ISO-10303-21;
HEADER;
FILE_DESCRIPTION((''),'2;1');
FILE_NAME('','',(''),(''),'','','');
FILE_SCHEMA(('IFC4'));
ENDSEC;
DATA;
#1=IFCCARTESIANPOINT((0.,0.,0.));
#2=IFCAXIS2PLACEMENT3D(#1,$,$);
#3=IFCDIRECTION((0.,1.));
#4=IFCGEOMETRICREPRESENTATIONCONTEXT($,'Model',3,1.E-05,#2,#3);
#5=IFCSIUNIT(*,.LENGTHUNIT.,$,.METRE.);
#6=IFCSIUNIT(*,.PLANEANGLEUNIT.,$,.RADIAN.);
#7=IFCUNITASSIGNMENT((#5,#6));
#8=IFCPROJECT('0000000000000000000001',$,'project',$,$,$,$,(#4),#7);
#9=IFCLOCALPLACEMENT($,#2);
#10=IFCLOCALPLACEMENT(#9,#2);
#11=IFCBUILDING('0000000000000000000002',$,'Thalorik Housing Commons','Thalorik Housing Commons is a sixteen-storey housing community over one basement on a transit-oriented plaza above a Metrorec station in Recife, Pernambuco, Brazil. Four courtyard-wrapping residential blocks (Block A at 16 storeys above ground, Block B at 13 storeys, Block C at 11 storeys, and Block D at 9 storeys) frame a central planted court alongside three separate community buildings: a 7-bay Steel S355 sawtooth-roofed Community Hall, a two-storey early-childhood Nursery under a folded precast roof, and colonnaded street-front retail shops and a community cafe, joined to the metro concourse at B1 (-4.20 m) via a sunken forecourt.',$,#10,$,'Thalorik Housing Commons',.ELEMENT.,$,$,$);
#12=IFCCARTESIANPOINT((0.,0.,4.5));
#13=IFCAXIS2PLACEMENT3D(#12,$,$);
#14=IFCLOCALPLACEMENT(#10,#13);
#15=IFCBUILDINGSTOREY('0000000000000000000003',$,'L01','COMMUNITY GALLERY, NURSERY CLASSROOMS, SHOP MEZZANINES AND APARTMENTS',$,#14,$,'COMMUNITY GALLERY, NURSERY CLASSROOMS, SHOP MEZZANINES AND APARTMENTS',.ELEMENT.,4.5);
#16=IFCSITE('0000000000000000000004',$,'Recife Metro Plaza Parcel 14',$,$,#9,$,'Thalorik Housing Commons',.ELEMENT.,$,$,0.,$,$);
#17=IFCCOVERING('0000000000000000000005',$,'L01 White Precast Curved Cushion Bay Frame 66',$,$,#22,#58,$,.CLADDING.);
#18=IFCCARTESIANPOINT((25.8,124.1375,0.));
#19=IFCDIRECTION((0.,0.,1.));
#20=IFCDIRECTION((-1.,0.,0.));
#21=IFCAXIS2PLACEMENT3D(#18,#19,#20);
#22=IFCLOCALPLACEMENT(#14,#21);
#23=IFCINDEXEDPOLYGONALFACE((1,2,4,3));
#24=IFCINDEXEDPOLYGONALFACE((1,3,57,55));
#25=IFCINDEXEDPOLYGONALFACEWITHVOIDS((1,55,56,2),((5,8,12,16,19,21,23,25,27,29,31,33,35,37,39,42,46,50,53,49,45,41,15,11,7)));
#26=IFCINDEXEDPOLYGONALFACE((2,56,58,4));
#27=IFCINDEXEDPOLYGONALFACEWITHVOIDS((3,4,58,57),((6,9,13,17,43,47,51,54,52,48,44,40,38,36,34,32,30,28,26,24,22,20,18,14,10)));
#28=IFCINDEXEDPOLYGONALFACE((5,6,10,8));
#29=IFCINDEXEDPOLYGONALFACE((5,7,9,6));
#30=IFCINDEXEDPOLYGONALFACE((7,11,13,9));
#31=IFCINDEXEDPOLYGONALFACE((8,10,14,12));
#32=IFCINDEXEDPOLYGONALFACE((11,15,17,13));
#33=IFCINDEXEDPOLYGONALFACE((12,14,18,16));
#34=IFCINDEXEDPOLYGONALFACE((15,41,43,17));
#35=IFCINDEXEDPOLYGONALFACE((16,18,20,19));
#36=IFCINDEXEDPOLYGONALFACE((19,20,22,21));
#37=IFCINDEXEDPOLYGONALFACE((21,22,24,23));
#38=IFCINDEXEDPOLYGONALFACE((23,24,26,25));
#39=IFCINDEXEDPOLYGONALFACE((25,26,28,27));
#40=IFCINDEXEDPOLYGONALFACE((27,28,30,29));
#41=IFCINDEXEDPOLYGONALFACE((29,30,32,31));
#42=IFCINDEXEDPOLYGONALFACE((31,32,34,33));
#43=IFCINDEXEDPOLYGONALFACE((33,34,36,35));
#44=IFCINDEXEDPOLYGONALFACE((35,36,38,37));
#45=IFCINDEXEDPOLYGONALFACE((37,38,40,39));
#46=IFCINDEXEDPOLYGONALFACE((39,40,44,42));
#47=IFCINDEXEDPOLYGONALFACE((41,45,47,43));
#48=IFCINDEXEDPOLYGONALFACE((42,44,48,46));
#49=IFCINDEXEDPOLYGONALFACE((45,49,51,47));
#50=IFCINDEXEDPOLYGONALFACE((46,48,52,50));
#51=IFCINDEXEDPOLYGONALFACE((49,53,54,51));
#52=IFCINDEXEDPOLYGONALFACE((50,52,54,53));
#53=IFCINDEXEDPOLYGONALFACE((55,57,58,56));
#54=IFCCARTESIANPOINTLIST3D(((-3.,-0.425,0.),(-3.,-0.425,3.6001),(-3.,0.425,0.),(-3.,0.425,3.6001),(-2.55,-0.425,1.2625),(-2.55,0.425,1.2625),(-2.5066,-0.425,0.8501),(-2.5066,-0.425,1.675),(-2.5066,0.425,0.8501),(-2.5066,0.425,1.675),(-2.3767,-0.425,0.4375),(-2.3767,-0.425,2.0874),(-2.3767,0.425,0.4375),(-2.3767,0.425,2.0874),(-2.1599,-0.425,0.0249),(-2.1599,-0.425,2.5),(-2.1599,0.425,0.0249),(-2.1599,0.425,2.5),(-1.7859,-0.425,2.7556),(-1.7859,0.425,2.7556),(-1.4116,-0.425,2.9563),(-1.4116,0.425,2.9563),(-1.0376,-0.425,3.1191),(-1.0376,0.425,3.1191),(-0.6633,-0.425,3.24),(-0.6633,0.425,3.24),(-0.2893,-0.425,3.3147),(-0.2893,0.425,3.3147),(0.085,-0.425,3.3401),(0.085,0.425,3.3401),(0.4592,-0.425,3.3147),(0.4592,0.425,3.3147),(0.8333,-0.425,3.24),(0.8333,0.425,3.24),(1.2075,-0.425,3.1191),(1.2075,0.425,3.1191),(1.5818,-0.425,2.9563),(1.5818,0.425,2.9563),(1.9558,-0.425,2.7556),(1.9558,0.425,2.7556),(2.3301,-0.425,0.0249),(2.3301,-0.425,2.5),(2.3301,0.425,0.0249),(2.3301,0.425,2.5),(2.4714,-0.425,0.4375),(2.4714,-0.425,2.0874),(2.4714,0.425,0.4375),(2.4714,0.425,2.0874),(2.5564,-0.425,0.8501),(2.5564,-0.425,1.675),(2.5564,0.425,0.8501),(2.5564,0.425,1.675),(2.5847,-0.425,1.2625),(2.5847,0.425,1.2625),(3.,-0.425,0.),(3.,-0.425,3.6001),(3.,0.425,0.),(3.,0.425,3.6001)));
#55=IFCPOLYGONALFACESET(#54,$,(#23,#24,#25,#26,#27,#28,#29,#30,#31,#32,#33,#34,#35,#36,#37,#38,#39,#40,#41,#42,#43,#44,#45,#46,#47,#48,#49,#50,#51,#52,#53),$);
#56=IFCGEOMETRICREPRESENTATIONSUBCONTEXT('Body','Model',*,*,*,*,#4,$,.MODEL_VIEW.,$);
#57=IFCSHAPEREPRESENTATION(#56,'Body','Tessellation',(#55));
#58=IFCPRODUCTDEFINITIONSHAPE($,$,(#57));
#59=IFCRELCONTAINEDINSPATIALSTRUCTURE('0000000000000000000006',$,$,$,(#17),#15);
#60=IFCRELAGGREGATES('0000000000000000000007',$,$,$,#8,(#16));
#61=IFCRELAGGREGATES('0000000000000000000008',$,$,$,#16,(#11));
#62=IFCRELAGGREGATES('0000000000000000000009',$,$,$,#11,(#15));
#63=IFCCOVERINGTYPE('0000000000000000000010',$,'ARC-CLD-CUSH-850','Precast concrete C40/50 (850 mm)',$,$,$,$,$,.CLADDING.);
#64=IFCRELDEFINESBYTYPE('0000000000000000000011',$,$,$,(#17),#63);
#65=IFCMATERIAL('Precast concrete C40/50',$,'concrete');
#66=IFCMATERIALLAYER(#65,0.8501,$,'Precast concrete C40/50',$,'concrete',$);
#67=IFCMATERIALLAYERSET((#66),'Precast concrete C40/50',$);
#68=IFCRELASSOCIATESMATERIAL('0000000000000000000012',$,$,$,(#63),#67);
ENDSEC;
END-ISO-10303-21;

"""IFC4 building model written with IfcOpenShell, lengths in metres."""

from ifc_helpers import new_model, si_unit, direction, frame, origin, place, context, subcontext, project, spatial, polyline, outline, extrude, material, layer, layer_set, type_object, element, save


model = new_model("IFC4")

# Units and contexts
model_context = context("Model", 3, precision=1e-05, world=origin(), true_north=direction((0.0, 1.0)))
body_context = subcontext(model_context, "Body", "Model", "MODEL_VIEW")
ifc_project = project(units=[si_unit("LENGTHUNIT", "METRE"), si_unit("PLANEANGLEUNIT", "RADIAN")], contexts=[model_context])

# Site, building, storey
site_placement = place(None, origin())
site = spatial("IfcSite", under=ifc_project, at=site_placement, Name="Recife Metro Plaza Parcel 14", LongName="Thalorik Housing Commons", CompositionType="ELEMENT", RefElevation=0.0)
building_placement = place(site_placement, origin())
building = spatial("IfcBuilding", under=site, at=building_placement, Name="Thalorik Housing Commons", Description="Thalorik Housing Commons is a sixteen-storey housing community over one basement on a transit-oriented plaza above a Metrorec station in Recife, Pernambuco, Brazil. Four courtyard-wrapping residential blocks (Block A at 16 storeys above ground, Block B at 13 storeys, Block C at 11 storeys, and Block D at 9 storeys) frame a central planted court alongside three separate community buildings: a 7-bay Steel S355 sawtooth-roofed Community Hall, a two-storey early-childhood Nursery under a folded precast roof, and colonnaded street-front retail shops and a community cafe, joined to the metro concourse at B1 (-4.20 m) via a sunken forecourt.", LongName="Thalorik Housing Commons", CompositionType="ELEMENT")
storey_placement = place(building_placement, frame((0.0, 0.0, 4.5)))
storey = spatial("IfcBuildingStorey", under=building, at=storey_placement, Name="L01", Description="COMMUNITY GALLERY, NURSERY CLASSROOMS, SHOP MEZZANINES AND APARTMENTS", LongName="COMMUNITY GALLERY, NURSERY CLASSROOMS, SHOP MEZZANINES AND APARTMENTS", CompositionType="ELEMENT", Elevation=4.5)

# Shared definitions
ifc_material_1 = material(Name="Precast concrete C40/50", Category="concrete")

# Covering
ifc_layer_1 = layer(ifc_material_1, 0.8501, Name="Precast concrete C40/50", Category="concrete")
ifc_layer_set_1 = layer_set([ifc_layer_1], Name="Precast concrete C40/50")
covering_type_1 = type_object("IfcCoveringType", Name="ARC-CLD-CUSH-850", Description="Precast concrete C40/50 (850 mm)", PredefinedType="CLADDING", material=ifc_layer_set_1)
covering_1_placement = place(storey_placement, frame((25.8, 124.1375, 0.0), z_axis=(0.0, 0.0, 1.0), x_axis=(-1.0, 0.0, 0.0)))
element("IfcCovering", 1, at=covering_1_placement, inside=storey, type_object=covering_type_1, Name="L01 White Precast Curved Cushion Bay Frame 66", PredefinedType="CLADDING", context=body_context, shape_type="SweptSolid", body=[
    extrude(outline(polyline([(-3.0, 0.0), (3.0, 0.0), (3.0, 3.6001), (-3.0, 3.6001), (-3.0, 0.0)]), holes=[polyline([(2.3301, 0.0249), (2.4714, 0.4375), (2.5564, 0.8501), (2.5847, 1.2625), (2.5564, 1.675), (2.4714, 2.0874), (2.3301, 2.5), (1.9558, 2.7556), (1.5818, 2.9563), (1.2075, 3.1191), (0.8333, 3.24), (0.4592, 3.3147), (0.085, 3.3401), (-0.2893, 3.3147), (-0.6633, 3.24), (-1.0376, 3.1191), (-1.4116, 2.9563), (-1.7859, 2.7556), (-2.1599, 2.5), (-2.3767, 2.0874), (-2.5066, 1.675), (-2.55, 1.2625), (-2.5066, 0.8501), (-2.3767, 0.4375), (-2.1599, 0.0249), (2.3301, 0.0249)])]), frame((0.0, 0.425, 0.0), z_axis=(0.0, -1.0, 0.0), x_axis=(1.0, 0.0, 0.0)), (0.0, 0.0, 1.0), 0.8501),
])

save(model, "model.ifc")
